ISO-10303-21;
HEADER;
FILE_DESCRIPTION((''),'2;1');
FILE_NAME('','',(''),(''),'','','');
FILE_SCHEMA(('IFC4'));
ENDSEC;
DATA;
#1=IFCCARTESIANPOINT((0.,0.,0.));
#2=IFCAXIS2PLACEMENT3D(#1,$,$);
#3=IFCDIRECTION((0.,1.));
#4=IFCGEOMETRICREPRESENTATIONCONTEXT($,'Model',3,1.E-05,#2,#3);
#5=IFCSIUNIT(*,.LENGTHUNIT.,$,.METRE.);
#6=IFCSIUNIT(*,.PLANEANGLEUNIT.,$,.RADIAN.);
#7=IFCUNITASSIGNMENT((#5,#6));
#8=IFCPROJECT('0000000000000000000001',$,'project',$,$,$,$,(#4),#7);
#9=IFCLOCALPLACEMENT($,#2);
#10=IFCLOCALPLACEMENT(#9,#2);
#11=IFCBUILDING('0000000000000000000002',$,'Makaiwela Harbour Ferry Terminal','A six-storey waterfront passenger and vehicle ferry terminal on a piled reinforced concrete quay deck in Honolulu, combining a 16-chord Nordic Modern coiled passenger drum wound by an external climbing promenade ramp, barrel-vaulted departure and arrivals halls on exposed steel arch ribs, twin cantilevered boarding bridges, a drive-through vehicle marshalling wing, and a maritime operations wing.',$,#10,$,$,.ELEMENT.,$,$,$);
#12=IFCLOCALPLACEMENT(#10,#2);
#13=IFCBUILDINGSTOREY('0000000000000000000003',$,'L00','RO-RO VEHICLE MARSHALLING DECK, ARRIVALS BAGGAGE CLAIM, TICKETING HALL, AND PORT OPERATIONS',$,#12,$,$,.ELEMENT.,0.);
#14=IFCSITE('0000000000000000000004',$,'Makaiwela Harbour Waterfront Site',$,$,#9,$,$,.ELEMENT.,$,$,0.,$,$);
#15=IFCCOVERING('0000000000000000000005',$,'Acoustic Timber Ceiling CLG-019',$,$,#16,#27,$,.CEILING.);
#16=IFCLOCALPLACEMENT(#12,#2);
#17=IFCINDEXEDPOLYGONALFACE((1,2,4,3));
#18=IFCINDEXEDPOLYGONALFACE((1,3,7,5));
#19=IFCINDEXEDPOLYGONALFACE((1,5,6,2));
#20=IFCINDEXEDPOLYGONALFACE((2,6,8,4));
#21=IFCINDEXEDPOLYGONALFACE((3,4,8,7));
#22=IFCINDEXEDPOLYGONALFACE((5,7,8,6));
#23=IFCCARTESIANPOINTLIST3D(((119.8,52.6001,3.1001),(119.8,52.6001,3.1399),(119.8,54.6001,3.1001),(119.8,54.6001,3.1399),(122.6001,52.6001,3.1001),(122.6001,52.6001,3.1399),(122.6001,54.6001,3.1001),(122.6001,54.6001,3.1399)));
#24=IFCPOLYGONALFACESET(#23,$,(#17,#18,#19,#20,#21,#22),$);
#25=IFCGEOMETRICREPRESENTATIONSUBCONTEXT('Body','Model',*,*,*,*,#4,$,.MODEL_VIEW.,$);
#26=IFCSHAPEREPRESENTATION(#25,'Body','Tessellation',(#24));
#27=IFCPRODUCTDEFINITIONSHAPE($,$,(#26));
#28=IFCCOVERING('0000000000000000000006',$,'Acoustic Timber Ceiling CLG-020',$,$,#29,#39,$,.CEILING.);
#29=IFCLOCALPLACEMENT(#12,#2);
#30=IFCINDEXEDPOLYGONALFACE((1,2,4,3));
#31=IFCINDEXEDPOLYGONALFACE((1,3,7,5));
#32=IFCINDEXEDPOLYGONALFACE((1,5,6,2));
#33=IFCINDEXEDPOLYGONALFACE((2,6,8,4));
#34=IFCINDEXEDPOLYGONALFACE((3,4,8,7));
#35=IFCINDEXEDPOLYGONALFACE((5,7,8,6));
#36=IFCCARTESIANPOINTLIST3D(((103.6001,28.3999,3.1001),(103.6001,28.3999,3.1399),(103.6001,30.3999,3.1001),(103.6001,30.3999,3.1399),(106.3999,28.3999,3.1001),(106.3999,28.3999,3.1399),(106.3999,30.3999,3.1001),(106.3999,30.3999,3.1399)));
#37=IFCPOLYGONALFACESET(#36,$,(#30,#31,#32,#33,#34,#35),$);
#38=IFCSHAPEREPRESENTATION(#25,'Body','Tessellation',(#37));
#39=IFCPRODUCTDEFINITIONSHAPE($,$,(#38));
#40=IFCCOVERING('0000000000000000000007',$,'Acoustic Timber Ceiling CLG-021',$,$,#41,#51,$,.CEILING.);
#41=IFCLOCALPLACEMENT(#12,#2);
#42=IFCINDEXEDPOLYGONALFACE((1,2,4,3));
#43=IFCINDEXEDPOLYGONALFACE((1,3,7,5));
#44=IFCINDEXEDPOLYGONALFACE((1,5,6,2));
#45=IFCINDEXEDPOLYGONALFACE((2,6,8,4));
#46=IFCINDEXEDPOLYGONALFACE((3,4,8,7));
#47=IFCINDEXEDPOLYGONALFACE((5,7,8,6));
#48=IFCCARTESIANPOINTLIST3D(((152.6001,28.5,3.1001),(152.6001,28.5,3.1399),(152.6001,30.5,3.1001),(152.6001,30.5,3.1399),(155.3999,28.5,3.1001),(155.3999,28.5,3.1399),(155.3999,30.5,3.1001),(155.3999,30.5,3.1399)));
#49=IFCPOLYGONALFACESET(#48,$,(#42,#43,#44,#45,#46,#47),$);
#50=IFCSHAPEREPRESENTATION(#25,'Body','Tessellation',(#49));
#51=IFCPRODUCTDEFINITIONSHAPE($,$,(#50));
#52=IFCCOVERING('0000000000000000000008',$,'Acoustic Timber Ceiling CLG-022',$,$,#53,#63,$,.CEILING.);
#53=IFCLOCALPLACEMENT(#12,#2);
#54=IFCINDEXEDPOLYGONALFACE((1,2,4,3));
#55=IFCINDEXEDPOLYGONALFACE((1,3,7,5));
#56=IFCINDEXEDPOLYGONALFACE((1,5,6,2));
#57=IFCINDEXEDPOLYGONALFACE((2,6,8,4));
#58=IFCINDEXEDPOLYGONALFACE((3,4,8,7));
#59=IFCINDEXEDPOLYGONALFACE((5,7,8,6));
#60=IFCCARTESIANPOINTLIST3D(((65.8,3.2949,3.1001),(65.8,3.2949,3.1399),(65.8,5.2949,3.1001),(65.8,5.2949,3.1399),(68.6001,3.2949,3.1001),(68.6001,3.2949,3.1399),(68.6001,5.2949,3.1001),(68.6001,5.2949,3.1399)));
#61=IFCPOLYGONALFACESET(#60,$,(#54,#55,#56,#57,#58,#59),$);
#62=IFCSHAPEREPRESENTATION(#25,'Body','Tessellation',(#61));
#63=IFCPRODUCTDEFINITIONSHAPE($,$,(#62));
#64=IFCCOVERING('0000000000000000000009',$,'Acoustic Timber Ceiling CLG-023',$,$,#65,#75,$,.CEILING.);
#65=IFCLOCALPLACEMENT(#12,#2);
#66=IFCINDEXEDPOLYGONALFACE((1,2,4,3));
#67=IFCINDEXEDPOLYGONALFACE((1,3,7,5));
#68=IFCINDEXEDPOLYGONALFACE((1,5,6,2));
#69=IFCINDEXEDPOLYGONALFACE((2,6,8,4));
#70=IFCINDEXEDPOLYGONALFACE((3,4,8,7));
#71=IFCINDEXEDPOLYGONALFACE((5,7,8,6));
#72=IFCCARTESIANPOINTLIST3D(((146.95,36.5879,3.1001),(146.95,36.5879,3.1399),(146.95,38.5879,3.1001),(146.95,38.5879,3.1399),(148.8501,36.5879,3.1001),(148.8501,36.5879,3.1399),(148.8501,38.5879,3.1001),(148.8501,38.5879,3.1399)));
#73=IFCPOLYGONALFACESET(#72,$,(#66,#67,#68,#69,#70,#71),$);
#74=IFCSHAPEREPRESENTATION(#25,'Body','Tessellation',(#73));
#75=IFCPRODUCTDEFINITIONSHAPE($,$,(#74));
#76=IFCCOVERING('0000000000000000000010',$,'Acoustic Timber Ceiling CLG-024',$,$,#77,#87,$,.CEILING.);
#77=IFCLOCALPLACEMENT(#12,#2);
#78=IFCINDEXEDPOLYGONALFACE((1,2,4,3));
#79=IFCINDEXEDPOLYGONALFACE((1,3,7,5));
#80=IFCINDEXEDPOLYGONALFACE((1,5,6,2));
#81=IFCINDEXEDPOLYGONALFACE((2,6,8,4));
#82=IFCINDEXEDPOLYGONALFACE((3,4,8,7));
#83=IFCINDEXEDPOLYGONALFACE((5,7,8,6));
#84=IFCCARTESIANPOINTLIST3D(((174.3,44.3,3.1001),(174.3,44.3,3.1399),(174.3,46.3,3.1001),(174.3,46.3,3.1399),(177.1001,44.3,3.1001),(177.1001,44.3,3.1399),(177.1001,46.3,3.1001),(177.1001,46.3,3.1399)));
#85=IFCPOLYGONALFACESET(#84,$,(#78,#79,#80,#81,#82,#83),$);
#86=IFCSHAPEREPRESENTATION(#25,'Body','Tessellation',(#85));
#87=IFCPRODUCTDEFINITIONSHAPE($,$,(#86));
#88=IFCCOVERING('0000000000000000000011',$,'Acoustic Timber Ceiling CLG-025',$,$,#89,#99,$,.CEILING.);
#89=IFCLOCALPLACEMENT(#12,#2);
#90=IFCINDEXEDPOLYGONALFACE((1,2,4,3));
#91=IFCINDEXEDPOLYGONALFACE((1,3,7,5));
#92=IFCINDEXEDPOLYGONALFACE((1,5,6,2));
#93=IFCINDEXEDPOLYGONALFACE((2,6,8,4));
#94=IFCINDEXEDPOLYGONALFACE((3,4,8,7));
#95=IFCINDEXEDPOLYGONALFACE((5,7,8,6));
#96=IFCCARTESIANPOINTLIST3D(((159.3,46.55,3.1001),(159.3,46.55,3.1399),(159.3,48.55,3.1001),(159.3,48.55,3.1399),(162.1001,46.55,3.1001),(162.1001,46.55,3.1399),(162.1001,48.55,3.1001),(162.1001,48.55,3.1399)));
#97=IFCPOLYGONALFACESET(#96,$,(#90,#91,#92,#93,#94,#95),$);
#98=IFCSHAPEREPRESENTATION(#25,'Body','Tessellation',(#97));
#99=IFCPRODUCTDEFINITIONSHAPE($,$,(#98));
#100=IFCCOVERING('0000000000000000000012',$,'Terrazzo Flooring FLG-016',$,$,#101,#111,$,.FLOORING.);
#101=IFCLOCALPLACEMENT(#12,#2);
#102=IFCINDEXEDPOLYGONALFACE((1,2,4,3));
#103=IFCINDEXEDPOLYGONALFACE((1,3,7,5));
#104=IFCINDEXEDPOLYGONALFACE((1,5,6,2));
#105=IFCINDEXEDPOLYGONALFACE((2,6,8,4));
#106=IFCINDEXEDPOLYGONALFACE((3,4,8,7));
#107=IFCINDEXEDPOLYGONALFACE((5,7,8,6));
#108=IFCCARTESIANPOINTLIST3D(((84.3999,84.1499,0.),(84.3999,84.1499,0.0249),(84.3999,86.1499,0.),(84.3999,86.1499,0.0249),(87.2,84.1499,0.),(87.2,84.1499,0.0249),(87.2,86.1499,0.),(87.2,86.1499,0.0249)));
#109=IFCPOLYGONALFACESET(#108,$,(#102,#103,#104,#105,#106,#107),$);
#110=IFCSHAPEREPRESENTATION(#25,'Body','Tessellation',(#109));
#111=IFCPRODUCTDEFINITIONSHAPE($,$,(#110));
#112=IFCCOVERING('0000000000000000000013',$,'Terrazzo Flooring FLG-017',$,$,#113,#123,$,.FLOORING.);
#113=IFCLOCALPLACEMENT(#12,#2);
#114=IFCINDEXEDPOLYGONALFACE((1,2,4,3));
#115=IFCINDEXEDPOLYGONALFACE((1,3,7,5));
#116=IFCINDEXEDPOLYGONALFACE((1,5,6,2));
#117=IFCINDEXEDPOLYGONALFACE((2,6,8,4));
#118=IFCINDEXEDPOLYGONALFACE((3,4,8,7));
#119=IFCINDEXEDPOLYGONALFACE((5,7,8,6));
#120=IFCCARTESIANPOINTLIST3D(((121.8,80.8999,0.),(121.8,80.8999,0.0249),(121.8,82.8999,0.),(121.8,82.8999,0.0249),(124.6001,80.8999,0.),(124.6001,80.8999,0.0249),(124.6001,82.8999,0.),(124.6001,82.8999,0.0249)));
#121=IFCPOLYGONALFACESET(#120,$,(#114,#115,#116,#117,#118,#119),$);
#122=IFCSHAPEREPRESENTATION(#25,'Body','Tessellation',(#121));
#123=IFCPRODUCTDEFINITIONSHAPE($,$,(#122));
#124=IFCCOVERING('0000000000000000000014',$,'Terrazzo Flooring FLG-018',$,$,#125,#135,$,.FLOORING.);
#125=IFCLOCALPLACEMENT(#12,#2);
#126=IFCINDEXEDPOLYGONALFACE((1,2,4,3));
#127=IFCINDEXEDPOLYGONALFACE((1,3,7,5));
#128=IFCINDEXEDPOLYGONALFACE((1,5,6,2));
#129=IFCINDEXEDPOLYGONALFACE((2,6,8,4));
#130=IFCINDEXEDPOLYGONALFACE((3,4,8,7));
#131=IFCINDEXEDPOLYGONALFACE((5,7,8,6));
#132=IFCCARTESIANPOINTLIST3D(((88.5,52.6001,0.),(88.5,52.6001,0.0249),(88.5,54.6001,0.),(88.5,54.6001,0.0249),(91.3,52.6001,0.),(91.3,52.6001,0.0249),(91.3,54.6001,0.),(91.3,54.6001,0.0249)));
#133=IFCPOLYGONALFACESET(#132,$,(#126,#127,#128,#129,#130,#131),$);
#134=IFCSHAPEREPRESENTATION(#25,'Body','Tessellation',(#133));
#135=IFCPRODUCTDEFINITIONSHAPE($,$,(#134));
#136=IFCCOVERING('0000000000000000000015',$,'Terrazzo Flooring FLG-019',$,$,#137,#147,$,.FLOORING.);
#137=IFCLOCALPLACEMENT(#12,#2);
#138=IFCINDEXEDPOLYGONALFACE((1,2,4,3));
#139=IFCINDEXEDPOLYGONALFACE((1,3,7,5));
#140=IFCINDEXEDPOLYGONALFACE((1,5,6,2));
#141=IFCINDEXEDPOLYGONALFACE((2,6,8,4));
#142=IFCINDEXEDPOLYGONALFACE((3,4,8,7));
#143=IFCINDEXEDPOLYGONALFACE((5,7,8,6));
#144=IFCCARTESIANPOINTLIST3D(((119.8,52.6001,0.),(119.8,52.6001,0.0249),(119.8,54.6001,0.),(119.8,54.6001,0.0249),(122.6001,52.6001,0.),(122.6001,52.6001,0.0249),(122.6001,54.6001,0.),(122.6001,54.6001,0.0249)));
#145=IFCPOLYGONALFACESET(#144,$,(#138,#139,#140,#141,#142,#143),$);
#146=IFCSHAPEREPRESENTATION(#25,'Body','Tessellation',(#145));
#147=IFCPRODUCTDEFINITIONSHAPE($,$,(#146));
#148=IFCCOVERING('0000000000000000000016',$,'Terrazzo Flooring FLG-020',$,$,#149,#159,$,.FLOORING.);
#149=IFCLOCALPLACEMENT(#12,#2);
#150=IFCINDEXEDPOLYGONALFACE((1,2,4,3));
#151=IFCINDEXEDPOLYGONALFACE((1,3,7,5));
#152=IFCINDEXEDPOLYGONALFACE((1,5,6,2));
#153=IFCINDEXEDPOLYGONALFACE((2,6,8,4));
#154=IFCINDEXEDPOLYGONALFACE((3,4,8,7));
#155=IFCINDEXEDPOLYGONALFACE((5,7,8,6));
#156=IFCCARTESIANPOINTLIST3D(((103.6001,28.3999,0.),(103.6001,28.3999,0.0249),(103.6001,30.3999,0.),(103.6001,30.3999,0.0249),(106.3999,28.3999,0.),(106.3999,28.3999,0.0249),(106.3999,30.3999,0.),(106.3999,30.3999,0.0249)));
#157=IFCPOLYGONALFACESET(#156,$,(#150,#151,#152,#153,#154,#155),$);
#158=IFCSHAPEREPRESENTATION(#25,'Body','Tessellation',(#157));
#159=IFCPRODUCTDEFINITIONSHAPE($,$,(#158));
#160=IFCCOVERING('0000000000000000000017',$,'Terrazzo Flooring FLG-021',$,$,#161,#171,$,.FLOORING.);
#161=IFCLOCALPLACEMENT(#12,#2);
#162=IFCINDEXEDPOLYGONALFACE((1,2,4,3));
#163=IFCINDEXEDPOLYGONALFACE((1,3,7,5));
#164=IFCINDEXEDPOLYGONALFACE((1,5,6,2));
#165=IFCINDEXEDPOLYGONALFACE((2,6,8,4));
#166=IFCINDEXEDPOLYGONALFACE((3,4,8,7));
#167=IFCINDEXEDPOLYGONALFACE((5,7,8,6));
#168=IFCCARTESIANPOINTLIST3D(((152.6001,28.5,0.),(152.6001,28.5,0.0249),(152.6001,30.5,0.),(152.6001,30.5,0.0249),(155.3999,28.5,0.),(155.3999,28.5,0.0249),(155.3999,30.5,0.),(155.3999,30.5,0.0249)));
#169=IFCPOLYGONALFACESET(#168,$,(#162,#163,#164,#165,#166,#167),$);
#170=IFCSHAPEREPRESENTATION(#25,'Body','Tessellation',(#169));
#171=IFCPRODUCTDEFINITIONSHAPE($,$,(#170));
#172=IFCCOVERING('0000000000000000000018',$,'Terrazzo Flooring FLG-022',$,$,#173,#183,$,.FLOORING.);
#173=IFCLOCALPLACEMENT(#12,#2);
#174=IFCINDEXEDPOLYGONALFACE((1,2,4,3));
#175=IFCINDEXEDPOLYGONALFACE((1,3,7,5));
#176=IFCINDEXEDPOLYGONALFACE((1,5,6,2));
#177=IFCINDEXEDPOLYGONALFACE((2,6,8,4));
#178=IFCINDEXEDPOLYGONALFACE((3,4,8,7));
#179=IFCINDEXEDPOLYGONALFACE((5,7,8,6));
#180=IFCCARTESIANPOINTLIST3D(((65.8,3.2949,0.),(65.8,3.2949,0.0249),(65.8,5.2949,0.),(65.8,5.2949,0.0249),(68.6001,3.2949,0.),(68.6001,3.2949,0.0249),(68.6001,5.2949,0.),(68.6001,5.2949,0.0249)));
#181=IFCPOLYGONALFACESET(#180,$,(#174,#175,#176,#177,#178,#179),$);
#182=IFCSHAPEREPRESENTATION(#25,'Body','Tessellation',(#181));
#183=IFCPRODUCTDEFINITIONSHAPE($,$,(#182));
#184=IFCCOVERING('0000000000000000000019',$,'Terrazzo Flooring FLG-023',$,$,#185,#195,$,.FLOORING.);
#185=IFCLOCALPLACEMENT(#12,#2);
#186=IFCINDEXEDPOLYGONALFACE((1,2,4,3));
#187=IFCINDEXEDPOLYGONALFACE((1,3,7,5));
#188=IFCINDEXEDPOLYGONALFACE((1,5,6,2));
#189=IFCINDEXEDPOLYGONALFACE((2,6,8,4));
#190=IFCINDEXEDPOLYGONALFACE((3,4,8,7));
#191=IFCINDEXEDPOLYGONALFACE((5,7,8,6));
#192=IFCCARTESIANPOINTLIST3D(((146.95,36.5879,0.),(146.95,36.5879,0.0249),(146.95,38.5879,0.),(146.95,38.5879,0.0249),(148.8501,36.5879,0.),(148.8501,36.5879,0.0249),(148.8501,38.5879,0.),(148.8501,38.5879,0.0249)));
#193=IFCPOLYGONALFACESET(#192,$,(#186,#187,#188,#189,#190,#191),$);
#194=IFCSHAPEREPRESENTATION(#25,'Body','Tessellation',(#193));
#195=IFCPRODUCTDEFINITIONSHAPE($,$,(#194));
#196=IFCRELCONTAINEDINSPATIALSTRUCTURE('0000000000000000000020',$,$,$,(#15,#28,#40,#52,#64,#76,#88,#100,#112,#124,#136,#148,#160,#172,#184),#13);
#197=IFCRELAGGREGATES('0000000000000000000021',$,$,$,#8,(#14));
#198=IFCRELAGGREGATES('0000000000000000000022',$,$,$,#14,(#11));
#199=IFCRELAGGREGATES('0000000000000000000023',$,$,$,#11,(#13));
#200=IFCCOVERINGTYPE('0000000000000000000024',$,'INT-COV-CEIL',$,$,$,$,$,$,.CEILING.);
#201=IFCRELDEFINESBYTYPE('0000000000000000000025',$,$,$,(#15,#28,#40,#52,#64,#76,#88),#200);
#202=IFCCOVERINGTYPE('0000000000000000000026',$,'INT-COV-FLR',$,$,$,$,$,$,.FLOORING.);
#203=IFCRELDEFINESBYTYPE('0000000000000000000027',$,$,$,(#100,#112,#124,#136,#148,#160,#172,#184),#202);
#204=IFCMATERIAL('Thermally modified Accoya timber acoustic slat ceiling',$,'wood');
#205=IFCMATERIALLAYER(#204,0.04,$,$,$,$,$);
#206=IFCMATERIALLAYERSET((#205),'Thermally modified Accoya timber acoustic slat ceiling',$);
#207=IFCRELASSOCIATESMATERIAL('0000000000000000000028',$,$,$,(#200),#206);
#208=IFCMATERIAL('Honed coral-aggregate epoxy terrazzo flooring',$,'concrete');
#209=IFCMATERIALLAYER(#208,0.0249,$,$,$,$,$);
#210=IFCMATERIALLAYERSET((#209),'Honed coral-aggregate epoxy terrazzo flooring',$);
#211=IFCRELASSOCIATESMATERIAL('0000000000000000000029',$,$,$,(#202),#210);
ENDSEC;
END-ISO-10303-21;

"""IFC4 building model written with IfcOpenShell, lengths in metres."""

from ifc_helpers import new_model, si_unit, direction, frame, origin, place, context, subcontext, project, spatial, polyline, outline, extrude, material, layer, layer_set, type_object, element, save


model = new_model("IFC4")

# Units and contexts
model_context = context("Model", 3, precision=1e-05, world=origin(), true_north=direction((0.0, 1.0)))
body_context = subcontext(model_context, "Body", "Model", "MODEL_VIEW")
ifc_project = project(units=[si_unit("LENGTHUNIT", "METRE"), si_unit("PLANEANGLEUNIT", "RADIAN")], contexts=[model_context])

# Site, building, storey
site_placement = place(None, origin())
site = spatial("IfcSite", under=ifc_project, at=site_placement, Name="Makaiwela Harbour Waterfront Site", CompositionType="ELEMENT", RefElevation=0.0)
building_placement = place(site_placement, origin())
building = spatial("IfcBuilding", under=site, at=building_placement, Name="Makaiwela Harbour Ferry Terminal", Description="A six-storey waterfront passenger and vehicle ferry terminal on a piled reinforced concrete quay deck in Honolulu, combining a 16-chord Nordic Modern coiled passenger drum wound by an external climbing promenade ramp, barrel-vaulted departure and arrivals halls on exposed steel arch ribs, twin cantilevered boarding bridges, a drive-through vehicle marshalling wing, and a maritime operations wing.", CompositionType="ELEMENT")
storey_placement = place(building_placement, origin())
storey = spatial("IfcBuildingStorey", under=building, at=storey_placement, Name="L00", Description="RO-RO VEHICLE MARSHALLING DECK, ARRIVALS BAGGAGE CLAIM, TICKETING HALL, AND PORT OPERATIONS", CompositionType="ELEMENT", Elevation=0.0)

# Coverings
ifc_material_1 = material(Name="Thermally modified Accoya timber acoustic slat ceiling", Category="wood")
ifc_layer_1 = layer(ifc_material_1, 0.04)
ifc_layer_set_1 = layer_set([ifc_layer_1], Name="Thermally modified Accoya timber acoustic slat ceiling")
covering_type_1 = type_object("IfcCoveringType", Name="INT-COV-CEIL", PredefinedType="CEILING", material=ifc_layer_set_1)
covering_1_placement = place(storey_placement, frame((0.0, 0.0, 3.1001)))
element("IfcCovering", 1, at=covering_1_placement, inside=storey, type_object=covering_type_1, Name="Acoustic Timber Ceiling CLG-019", PredefinedType="CEILING", context=body_context, shape_type="SweptSolid", body=[
    extrude(outline(polyline([(119.8, 52.6001), (122.6001, 52.6001), (122.6001, 54.6001), (119.8, 54.6001), (119.8, 52.6001)])), origin(), (0.0, 0.0, 1.0), 0.0398),
])
covering_2_placement = place(storey_placement, frame((0.0, 0.0, 3.1001)))
element("IfcCovering", 2, at=covering_2_placement, inside=storey, type_object=covering_type_1, Name="Acoustic Timber Ceiling CLG-020", PredefinedType="CEILING", context=body_context, shape_type="SweptSolid", body=[
    extrude(outline(polyline([(103.6001, 28.3999), (106.3999, 28.3999), (106.3999, 30.3999), (103.6001, 30.3999), (103.6001, 28.3999)])), origin(), (0.0, 0.0, 1.0), 0.0398),
])
covering_3_placement = place(storey_placement, frame((0.0, 0.0, 3.1001)))
element("IfcCovering", 3, at=covering_3_placement, inside=storey, type_object=covering_type_1, Name="Acoustic Timber Ceiling CLG-021", PredefinedType="CEILING", context=body_context, shape_type="SweptSolid", body=[
    extrude(outline(polyline([(152.6001, 28.5), (155.3999, 28.5), (155.3999, 30.5), (152.6001, 30.5), (152.6001, 28.5)])), origin(), (0.0, 0.0, 1.0), 0.0398),
])
covering_4_placement = place(storey_placement, frame((0.0, 0.0, 3.1001)))
element("IfcCovering", 4, at=covering_4_placement, inside=storey, type_object=covering_type_1, Name="Acoustic Timber Ceiling CLG-022", PredefinedType="CEILING", context=body_context, shape_type="SweptSolid", body=[
    extrude(outline(polyline([(65.8, 3.2949), (68.6001, 3.2949), (68.6001, 5.2949), (65.8, 5.2949), (65.8, 3.2949)])), origin(), (0.0, 0.0, 1.0), 0.0398),
])
covering_5_placement = place(storey_placement, frame((0.0, 0.0, 3.1001)))
element("IfcCovering", 5, at=covering_5_placement, inside=storey, type_object=covering_type_1, Name="Acoustic Timber Ceiling CLG-023", PredefinedType="CEILING", context=body_context, shape_type="SweptSolid", body=[
    extrude(outline(polyline([(146.95, 36.5879), (148.8501, 36.5879), (148.8501, 38.5879), (146.95, 38.5879), (146.95, 36.5879)])), origin(), (0.0, 0.0, 1.0), 0.0398),
])
covering_6_placement = place(storey_placement, frame((0.0, 0.0, 3.1001)))
element("IfcCovering", 6, at=covering_6_placement, inside=storey, type_object=covering_type_1, Name="Acoustic Timber Ceiling CLG-024", PredefinedType="CEILING", context=body_context, shape_type="SweptSolid", body=[
    extrude(outline(polyline([(174.3, 44.3), (177.1001, 44.3), (177.1001, 46.3), (174.3, 46.3), (174.3, 44.3)])), origin(), (0.0, 0.0, 1.0), 0.0398),
])
covering_7_placement = place(storey_placement, frame((0.0, 0.0, 3.1001)))
element("IfcCovering", 7, at=covering_7_placement, inside=storey, type_object=covering_type_1, Name="Acoustic Timber Ceiling CLG-025", PredefinedType="CEILING", context=body_context, shape_type="SweptSolid", body=[
    extrude(outline(polyline([(159.3, 46.55), (162.1001, 46.55), (162.1001, 48.55), (159.3, 48.55), (159.3, 46.55)])), origin(), (0.0, 0.0, 1.0), 0.0398),
])
ifc_material_2 = material(Name="Honed coral-aggregate epoxy terrazzo flooring", Category="concrete")
ifc_layer_2 = layer(ifc_material_2, 0.0249)
ifc_layer_set_2 = layer_set([ifc_layer_2], Name="Honed coral-aggregate epoxy terrazzo flooring")
covering_type_2 = type_object("IfcCoveringType", Name="INT-COV-FLR", PredefinedType="FLOORING", material=ifc_layer_set_2)
covering_8_placement = place(storey_placement, origin())
element("IfcCovering", 8, at=covering_8_placement, inside=storey, type_object=covering_type_2, Name="Terrazzo Flooring FLG-016", PredefinedType="FLOORING", context=body_context, shape_type="SweptSolid", body=[
    extrude(outline(polyline([(84.3999, 84.1499), (87.2, 84.1499), (87.2, 86.1499), (84.3999, 86.1499), (84.3999, 84.1499)])), origin(), (0.0, 0.0, 1.0), 0.0249),
])
covering_9_placement = place(storey_placement, origin())
element("IfcCovering", 9, at=covering_9_placement, inside=storey, type_object=covering_type_2, Name="Terrazzo Flooring FLG-017", PredefinedType="FLOORING", context=body_context, shape_type="SweptSolid", body=[
    extrude(outline(polyline([(121.8, 80.8999), (124.6001, 80.8999), (124.6001, 82.8999), (121.8, 82.8999), (121.8, 80.8999)])), origin(), (0.0, 0.0, 1.0), 0.0249),
])
covering_10_placement = place(storey_placement, origin())
element("IfcCovering", 10, at=covering_10_placement, inside=storey, type_object=covering_type_2, Name="Terrazzo Flooring FLG-018", PredefinedType="FLOORING", context=body_context, shape_type="SweptSolid", body=[
    extrude(outline(polyline([(88.5, 52.6001), (91.3, 52.6001), (91.3, 54.6001), (88.5, 54.6001), (88.5, 52.6001)])), origin(), (0.0, 0.0, 1.0), 0.0249),
])
covering_11_placement = place(storey_placement, origin())
element("IfcCovering", 11, at=covering_11_placement, inside=storey, type_object=covering_type_2, Name="Terrazzo Flooring FLG-019", PredefinedType="FLOORING", context=body_context, shape_type="SweptSolid", body=[
    extrude(outline(polyline([(119.8, 52.6001), (122.6001, 52.6001), (122.6001, 54.6001), (119.8, 54.6001), (119.8, 52.6001)])), origin(), (0.0, 0.0, 1.0), 0.0249),
])
covering_12_placement = place(storey_placement, origin())
element("IfcCovering", 12, at=covering_12_placement, inside=storey, type_object=covering_type_2, Name="Terrazzo Flooring FLG-020", PredefinedType="FLOORING", context=body_context, shape_type="SweptSolid", body=[
    extrude(outline(polyline([(103.6001, 28.3999), (106.3999, 28.3999), (106.3999, 30.3999), (103.6001, 30.3999), (103.6001, 28.3999)])), origin(), (0.0, 0.0, 1.0), 0.0249),
])
covering_13_placement = place(storey_placement, origin())
element("IfcCovering", 13, at=covering_13_placement, inside=storey, type_object=covering_type_2, Name="Terrazzo Flooring FLG-021", PredefinedType="FLOORING", context=body_context, shape_type="SweptSolid", body=[
    extrude(outline(polyline([(152.6001, 28.5), (155.3999, 28.5), (155.3999, 30.5), (152.6001, 30.5), (152.6001, 28.5)])), origin(), (0.0, 0.0, 1.0), 0.0249),
])
covering_14_placement = place(storey_placement, origin())
element("IfcCovering", 14, at=covering_14_placement, inside=storey, type_object=covering_type_2, Name="Terrazzo Flooring FLG-022", PredefinedType="FLOORING", context=body_context, shape_type="SweptSolid", body=[
    extrude(outline(polyline([(65.8, 3.2949), (68.6001, 3.2949), (68.6001, 5.2949), (65.8, 5.2949), (65.8, 3.2949)])), origin(), (0.0, 0.0, 1.0), 0.0249),
])
covering_15_placement = place(storey_placement, origin())
element("IfcCovering", 15, at=covering_15_placement, inside=storey, type_object=covering_type_2, Name="Terrazzo Flooring FLG-023", PredefinedType="FLOORING", context=body_context, shape_type="SweptSolid", body=[
    extrude(outline(polyline([(146.95, 36.5879), (148.8501, 36.5879), (148.8501, 38.5879), (146.95, 38.5879), (146.95, 36.5879)])), origin(), (0.0, 0.0, 1.0), 0.0249),
])

save(model, "model.ifc")
